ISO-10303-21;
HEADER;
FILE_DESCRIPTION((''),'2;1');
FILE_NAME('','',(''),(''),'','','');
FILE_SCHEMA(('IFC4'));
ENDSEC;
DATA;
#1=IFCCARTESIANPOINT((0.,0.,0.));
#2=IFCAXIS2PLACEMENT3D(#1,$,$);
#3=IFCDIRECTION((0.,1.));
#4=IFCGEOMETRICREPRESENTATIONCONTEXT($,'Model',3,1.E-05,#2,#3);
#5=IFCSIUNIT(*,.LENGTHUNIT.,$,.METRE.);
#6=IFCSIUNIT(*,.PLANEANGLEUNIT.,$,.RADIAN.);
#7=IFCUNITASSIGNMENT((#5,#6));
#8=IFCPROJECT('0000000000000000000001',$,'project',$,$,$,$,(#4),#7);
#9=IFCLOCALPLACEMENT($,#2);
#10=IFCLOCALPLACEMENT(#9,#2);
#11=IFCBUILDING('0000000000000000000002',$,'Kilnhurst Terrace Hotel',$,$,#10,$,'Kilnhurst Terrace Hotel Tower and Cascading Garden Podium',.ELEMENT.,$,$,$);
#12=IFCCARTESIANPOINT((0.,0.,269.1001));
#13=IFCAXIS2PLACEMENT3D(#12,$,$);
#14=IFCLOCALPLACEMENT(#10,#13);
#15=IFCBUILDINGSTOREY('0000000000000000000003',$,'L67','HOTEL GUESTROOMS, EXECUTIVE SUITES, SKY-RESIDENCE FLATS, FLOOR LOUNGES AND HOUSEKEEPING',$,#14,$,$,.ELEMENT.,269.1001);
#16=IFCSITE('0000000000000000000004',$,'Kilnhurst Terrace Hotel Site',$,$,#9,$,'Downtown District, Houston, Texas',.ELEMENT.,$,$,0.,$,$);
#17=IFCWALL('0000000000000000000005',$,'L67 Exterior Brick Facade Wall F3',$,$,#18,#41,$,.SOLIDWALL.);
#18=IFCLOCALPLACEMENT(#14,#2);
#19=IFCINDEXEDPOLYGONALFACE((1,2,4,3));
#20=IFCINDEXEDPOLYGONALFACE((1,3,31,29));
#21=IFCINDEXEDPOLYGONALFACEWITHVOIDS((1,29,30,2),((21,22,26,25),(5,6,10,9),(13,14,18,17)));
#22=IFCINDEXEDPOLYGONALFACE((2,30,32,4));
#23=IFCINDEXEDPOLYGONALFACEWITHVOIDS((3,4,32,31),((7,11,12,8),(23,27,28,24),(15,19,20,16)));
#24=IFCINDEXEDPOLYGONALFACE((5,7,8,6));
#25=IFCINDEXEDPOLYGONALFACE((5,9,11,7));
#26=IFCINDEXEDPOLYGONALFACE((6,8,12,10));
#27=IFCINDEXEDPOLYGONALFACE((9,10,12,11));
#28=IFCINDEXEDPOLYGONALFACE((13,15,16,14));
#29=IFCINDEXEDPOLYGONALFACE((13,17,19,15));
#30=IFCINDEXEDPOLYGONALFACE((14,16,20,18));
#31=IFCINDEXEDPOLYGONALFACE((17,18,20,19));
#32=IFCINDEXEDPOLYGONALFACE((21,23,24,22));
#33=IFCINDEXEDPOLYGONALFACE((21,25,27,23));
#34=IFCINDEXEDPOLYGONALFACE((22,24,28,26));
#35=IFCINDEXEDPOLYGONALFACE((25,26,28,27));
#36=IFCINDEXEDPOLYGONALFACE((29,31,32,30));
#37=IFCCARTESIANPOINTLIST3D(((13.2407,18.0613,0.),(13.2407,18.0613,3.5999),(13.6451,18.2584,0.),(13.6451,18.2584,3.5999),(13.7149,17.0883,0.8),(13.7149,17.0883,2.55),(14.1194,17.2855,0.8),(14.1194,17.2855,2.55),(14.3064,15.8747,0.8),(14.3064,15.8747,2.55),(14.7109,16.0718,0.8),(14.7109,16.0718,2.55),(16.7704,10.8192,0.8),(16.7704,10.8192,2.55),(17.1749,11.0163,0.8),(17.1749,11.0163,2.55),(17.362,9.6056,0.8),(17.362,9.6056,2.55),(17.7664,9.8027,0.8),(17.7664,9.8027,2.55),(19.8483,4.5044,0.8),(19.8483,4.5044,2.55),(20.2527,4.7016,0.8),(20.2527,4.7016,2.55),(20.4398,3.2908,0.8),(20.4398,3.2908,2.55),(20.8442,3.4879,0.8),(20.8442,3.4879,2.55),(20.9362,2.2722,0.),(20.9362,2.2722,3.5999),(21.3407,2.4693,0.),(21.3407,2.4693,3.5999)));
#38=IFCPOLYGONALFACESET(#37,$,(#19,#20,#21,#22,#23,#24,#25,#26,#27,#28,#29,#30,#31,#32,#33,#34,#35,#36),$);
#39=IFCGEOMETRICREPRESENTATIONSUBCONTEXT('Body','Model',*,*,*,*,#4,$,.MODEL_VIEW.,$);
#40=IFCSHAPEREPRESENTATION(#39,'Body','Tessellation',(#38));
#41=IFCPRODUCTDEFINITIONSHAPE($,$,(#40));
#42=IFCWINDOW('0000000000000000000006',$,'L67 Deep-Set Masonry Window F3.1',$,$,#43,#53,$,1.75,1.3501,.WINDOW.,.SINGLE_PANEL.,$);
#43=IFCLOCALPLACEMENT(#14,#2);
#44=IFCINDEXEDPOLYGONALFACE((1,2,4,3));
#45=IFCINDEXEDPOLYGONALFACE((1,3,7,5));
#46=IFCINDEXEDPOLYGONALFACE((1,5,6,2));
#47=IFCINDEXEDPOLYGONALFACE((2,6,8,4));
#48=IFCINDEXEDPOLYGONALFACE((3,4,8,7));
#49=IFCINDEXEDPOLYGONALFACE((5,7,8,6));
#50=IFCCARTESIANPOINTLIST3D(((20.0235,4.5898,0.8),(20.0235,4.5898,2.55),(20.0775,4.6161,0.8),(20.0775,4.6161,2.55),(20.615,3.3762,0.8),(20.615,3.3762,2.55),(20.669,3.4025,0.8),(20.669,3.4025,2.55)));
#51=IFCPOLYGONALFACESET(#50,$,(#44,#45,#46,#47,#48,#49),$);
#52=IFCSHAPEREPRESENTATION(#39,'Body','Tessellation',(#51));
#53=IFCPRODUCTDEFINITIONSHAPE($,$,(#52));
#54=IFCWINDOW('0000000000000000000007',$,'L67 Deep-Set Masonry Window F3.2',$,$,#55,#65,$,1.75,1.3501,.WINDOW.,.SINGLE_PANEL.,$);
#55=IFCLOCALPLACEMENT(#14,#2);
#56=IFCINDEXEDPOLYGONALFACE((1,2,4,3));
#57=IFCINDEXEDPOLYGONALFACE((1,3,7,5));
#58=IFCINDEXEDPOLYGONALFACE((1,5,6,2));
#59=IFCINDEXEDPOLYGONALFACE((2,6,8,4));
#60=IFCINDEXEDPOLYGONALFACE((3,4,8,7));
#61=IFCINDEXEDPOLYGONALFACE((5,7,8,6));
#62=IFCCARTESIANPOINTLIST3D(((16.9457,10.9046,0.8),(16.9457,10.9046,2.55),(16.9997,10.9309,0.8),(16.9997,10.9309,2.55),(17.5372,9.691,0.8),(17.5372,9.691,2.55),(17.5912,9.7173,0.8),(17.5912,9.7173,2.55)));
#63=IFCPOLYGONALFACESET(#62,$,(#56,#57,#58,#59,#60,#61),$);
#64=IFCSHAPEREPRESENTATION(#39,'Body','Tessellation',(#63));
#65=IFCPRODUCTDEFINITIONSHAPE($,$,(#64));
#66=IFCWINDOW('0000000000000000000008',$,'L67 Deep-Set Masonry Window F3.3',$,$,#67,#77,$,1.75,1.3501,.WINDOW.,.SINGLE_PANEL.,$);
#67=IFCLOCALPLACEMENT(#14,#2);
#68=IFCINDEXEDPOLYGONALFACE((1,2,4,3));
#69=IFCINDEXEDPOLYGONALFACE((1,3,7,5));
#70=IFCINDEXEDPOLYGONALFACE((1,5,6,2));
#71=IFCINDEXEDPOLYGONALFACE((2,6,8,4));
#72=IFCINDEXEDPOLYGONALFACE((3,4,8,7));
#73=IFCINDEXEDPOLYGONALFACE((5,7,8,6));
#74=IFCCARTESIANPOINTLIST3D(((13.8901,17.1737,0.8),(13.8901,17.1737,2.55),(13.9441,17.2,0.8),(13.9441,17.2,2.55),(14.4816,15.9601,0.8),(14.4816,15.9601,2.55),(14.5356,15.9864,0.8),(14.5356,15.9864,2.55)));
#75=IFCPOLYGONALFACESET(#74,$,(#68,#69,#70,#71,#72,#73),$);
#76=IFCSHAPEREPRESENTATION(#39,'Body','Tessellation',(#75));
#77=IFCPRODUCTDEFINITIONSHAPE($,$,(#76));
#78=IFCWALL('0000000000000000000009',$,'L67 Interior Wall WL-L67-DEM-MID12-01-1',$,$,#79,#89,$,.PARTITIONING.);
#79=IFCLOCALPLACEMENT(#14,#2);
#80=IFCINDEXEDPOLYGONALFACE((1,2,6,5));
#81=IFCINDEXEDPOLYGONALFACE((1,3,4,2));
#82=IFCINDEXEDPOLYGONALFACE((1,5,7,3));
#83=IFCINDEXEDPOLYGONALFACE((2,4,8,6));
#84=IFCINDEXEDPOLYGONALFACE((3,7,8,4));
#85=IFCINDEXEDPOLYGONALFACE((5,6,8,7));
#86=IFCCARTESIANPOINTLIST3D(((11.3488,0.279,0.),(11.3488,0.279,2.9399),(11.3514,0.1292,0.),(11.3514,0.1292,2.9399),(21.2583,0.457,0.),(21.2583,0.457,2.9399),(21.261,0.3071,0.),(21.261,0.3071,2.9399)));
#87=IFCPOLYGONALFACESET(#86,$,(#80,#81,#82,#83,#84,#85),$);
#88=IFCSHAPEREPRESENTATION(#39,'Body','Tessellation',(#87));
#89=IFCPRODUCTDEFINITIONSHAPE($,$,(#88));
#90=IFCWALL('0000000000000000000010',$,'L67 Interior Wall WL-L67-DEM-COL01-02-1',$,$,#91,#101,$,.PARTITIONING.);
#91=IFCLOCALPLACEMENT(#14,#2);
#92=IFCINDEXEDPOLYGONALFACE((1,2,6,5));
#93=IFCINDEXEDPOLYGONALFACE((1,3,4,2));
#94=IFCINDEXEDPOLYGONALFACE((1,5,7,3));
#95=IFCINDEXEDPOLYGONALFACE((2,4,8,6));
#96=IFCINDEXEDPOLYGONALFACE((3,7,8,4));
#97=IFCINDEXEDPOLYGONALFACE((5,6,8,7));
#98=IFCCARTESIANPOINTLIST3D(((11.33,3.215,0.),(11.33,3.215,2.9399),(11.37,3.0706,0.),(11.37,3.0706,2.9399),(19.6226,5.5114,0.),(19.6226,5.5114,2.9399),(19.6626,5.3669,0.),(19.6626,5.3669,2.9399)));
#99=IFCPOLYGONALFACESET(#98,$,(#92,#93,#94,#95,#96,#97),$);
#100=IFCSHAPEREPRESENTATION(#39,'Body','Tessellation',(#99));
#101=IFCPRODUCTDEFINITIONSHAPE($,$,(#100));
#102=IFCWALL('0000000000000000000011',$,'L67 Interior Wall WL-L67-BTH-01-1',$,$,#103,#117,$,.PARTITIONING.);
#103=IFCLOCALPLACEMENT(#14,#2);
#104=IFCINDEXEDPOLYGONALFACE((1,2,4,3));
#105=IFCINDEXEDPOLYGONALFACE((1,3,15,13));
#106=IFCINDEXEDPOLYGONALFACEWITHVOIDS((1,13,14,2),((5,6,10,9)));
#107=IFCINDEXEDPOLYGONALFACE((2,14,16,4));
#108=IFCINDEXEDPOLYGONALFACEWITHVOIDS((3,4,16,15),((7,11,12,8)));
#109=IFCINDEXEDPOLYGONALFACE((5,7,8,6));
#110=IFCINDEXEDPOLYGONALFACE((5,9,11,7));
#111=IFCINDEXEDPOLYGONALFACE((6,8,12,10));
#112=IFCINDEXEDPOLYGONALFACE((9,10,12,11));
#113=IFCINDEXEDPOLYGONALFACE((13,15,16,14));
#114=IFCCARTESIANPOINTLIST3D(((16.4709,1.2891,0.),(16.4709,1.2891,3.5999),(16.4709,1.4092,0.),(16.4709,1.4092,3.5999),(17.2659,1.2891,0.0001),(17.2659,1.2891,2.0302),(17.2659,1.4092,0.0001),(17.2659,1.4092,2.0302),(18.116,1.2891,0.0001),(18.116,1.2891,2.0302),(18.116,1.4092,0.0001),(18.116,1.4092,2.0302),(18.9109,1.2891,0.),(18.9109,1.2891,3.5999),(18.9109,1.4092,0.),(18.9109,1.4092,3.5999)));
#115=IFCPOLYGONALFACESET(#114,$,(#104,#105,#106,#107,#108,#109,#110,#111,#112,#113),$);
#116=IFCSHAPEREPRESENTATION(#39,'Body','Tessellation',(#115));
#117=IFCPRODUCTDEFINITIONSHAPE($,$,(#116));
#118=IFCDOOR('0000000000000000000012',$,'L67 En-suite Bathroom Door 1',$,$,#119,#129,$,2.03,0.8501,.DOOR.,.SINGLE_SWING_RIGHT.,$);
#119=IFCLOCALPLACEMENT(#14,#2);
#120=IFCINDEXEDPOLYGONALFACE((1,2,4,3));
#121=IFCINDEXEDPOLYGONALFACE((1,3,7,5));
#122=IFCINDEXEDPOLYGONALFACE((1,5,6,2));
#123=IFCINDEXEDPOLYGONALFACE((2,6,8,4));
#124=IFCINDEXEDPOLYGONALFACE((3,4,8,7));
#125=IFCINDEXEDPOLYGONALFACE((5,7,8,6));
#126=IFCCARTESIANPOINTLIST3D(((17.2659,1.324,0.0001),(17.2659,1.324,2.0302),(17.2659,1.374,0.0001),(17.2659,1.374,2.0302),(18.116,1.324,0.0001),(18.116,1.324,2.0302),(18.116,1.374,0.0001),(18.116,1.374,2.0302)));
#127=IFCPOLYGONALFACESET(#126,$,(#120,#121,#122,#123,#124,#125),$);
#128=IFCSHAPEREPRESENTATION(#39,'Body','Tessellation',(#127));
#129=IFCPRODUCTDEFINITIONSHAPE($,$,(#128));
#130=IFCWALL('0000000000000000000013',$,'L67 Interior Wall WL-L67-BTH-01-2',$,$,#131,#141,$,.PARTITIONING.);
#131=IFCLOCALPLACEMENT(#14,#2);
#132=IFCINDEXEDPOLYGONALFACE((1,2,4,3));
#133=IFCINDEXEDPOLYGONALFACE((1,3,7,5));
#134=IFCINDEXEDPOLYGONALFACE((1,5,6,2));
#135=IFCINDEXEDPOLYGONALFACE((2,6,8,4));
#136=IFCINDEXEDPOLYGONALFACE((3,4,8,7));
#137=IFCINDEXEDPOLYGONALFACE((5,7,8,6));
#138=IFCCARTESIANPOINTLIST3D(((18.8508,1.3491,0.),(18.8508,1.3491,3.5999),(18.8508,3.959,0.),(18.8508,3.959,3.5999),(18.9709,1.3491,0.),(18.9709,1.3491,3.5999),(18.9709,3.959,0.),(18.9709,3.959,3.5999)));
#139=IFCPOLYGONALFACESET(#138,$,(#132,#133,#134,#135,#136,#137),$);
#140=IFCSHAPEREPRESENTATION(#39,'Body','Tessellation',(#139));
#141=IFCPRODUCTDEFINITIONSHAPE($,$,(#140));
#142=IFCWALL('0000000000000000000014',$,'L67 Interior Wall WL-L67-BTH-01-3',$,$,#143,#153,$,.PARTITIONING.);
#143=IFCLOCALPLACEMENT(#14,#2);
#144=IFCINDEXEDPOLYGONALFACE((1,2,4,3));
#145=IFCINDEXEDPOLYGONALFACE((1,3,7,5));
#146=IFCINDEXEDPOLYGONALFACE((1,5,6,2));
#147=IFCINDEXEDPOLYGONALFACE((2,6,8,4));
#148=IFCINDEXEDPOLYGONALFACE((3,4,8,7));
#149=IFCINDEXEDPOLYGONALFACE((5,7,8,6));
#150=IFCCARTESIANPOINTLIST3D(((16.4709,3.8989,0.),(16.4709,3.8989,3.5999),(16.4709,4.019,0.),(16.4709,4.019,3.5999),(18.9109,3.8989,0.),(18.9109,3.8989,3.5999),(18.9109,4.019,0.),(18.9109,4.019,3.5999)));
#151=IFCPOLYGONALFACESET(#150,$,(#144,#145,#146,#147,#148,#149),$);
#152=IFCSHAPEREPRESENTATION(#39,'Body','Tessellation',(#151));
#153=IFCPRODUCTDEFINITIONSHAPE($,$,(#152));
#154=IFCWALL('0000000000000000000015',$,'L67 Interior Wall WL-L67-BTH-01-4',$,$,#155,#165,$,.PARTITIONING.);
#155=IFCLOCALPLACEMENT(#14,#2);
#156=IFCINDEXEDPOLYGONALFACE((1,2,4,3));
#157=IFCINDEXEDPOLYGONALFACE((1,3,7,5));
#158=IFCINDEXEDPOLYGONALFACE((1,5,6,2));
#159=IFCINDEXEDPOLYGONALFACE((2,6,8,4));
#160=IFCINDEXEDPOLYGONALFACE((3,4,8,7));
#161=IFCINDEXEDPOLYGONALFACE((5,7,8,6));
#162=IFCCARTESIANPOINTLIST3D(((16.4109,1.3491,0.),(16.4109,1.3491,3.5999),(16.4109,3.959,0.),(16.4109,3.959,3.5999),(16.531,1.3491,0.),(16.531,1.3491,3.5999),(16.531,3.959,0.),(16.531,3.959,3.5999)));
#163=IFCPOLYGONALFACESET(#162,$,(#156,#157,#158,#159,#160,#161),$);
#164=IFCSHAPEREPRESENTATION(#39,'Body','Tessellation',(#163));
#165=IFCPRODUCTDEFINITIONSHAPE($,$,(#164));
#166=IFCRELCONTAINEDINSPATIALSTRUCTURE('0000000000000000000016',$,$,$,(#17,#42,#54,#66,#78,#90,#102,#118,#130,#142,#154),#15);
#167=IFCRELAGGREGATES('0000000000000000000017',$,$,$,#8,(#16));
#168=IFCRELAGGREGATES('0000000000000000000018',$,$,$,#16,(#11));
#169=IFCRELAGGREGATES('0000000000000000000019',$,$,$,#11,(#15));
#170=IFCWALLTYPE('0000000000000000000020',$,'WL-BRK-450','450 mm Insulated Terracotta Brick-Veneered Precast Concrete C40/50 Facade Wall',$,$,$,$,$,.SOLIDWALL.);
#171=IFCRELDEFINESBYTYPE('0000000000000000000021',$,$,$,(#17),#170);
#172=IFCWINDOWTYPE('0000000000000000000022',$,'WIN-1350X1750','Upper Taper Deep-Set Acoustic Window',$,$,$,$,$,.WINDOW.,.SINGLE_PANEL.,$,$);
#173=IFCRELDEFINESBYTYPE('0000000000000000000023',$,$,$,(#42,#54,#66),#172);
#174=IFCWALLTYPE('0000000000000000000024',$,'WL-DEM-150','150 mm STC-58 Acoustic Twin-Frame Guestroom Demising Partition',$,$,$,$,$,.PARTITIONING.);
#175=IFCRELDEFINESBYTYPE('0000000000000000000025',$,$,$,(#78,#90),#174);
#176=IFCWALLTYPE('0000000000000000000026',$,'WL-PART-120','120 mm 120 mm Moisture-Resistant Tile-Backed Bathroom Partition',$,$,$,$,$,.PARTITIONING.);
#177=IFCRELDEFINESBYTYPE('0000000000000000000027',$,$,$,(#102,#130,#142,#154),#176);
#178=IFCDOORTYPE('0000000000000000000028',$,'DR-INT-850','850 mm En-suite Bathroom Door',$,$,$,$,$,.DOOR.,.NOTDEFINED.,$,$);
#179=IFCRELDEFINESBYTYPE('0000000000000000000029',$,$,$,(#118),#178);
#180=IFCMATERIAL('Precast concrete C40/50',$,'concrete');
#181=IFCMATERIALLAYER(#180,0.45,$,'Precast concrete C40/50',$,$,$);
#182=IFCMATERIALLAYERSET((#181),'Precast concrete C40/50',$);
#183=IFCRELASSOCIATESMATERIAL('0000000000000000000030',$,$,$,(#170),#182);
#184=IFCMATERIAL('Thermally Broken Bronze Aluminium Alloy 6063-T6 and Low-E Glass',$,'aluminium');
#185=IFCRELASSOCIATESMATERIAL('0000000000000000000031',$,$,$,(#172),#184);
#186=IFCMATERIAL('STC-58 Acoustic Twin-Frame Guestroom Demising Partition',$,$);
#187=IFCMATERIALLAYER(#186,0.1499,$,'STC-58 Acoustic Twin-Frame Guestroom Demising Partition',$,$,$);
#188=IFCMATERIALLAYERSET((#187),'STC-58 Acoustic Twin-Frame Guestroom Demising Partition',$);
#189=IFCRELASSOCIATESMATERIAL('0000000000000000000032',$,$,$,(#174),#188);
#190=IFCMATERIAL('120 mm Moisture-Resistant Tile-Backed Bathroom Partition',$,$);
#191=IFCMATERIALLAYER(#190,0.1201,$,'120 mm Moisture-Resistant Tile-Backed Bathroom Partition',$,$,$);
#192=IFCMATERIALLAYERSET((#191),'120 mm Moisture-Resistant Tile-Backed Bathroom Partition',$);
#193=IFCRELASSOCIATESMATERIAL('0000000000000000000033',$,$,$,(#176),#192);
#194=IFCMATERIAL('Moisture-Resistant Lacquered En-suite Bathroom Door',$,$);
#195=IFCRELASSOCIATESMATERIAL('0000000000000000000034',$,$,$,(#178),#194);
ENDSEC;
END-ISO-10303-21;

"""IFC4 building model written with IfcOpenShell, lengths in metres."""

from ifc_helpers import new_model, si_unit, direction, frame, frame_2d, origin, place, context, subcontext, project, spatial, rectangle, extrude, material, layer, layer_set, type_object, element, fill, save


model = new_model("IFC4")

# Units and contexts
model_context = context("Model", 3, precision=1e-05, world=origin(), true_north=direction((0.0, 1.0)))
body_context = subcontext(model_context, "Body", "Model", "MODEL_VIEW")
ifc_project = project(units=[si_unit("LENGTHUNIT", "METRE"), si_unit("PLANEANGLEUNIT", "RADIAN")], contexts=[model_context])

# Site, building, storey
site_placement = place(None, origin())
site = spatial("IfcSite", under=ifc_project, at=site_placement, Name="Kilnhurst Terrace Hotel Site", LongName="Downtown District, Houston, Texas", CompositionType="ELEMENT", RefElevation=0.0)
building_placement = place(site_placement, origin())
building = spatial("IfcBuilding", under=site, at=building_placement, Name="Kilnhurst Terrace Hotel", LongName="Kilnhurst Terrace Hotel Tower and Cascading Garden Podium", CompositionType="ELEMENT")
storey_placement = place(building_placement, frame((0.0, 0.0, 269.1001)))
storey = spatial("IfcBuildingStorey", under=building, at=storey_placement, Name="L67", Description="HOTEL GUESTROOMS, EXECUTIVE SUITES, SKY-RESIDENCE FLATS, FLOOR LOUNGES AND HOUSEKEEPING", CompositionType="ELEMENT", Elevation=269.1001)

# Shared definitions
ifc_material_1 = material(Name="Precast concrete C40/50", Category="concrete")
ifc_layer_1 = layer(ifc_material_1, 0.45, Name="Precast concrete C40/50")
ifc_layer_set_1 = layer_set([ifc_layer_1], Name="Precast concrete C40/50")
wall_type_1 = type_object("IfcWallType", Name="WL-BRK-450", Description="450 mm Insulated Terracotta Brick-Veneered Precast Concrete C40/50 Facade Wall", PredefinedType="SOLIDWALL", material=ifc_layer_set_1)

# Wall, openings, windows
wall_1_placement = place(storey_placement, frame((21.1384, 2.3708, 0.0), z_axis=(0.0, 0.0, 1.0), x_axis=(-0.438128, 0.898913, 0.0)))
wall_1 = element("IfcWall", 1, at=wall_1_placement, inside=storey, type_object=wall_type_1, Name="L67 Exterior Brick Facade Wall F3", PredefinedType="SOLIDWALL", context=body_context, shape_type="SweptSolid", body=[
    extrude(rectangle(XDim=17.5647, YDim=0.45, at=frame_2d((8.7822, 0.0))), origin(), (0.0, 0.0, 1.0), 3.5999),
])
opening_1_placement = place(wall_1_placement, frame((1.1331, 0.0, 0.8)))
opening_1 = element("IfcOpeningElement", 2, at=opening_1_placement, cuts=wall_1, PredefinedType="OPENING", context=body_context, shape_type="SweptSolid", body=[
    extrude(rectangle(XDim=1.3501, YDim=1.75, at=frame_2d((0.675, 0.875))), frame((0.0, 0.2349, 0.0), z_axis=(0.0, -1.0, 0.0), x_axis=(1.0, 0.0, 0.0)), (0.0, 0.0, 1.0), 0.47),
])
opening_2_placement = place(wall_1_placement, frame((8.158, 0.0, 0.8)))
opening_2 = element("IfcOpeningElement", 3, at=opening_2_placement, cuts=wall_1, PredefinedType="OPENING", context=body_context, shape_type="SweptSolid", body=[
    extrude(rectangle(XDim=1.3501, YDim=1.75, at=frame_2d((0.675, 0.875))), frame((0.0, 0.2349, 0.0), z_axis=(0.0, -1.0, 0.0), x_axis=(1.0, 0.0, 0.0)), (0.0, 0.0, 1.0), 0.47),
])
opening_3_placement = place(wall_1_placement, frame((15.1321, 0.0, 0.8)))
opening_3 = element("IfcOpeningElement", 4, at=opening_3_placement, cuts=wall_1, PredefinedType="OPENING", context=body_context, shape_type="SweptSolid", body=[
    extrude(rectangle(XDim=1.3501, YDim=1.75, at=frame_2d((0.675, 0.875))), frame((0.0, 0.2349, 0.0), z_axis=(0.0, -1.0, 0.0), x_axis=(1.0, 0.0, 0.0)), (0.0, 0.0, 1.0), 0.47),
])
ifc_material_2 = material(Name="Thermally Broken Bronze Aluminium Alloy 6063-T6 and Low-E Glass", Category="aluminium")
window_type = type_object("IfcWindowType", Name="WIN-1350X1750", Description="Upper Taper Deep-Set Acoustic Window", PartitioningType="SINGLE_PANEL", PredefinedType="WINDOW", material=ifc_material_2)
window_1_placement = place(opening_1_placement, origin())
window_1 = element("IfcWindow", 5, at=window_1_placement, inside=storey, type_object=window_type, Name="L67 Deep-Set Masonry Window F3.1", OverallHeight=1.75, OverallWidth=1.3501, PartitioningType="SINGLE_PANEL", PredefinedType="WINDOW", context=body_context, shape_type="SweptSolid", body=[
    extrude(rectangle(XDim=1.3501, YDim=1.75, at=frame_2d((0.675, 0.875))), frame((0.0, 0.03, 0.0), z_axis=(0.0, -1.0, 0.0), x_axis=(1.0, 0.0, 0.0)), (0.0, 0.0, 1.0), 0.0601),
])
fill(opening_1, window_1)
window_2_placement = place(opening_2_placement, origin())
window_2 = element("IfcWindow", 6, at=window_2_placement, inside=storey, type_object=window_type, Name="L67 Deep-Set Masonry Window F3.2", OverallHeight=1.75, OverallWidth=1.3501, PartitioningType="SINGLE_PANEL", PredefinedType="WINDOW", context=body_context, shape_type="SweptSolid", body=[
    extrude(rectangle(XDim=1.3501, YDim=1.75, at=frame_2d((0.675, 0.875))), frame((0.0, 0.03, 0.0), z_axis=(0.0, -1.0, 0.0), x_axis=(1.0, 0.0, 0.0)), (0.0, 0.0, 1.0), 0.0601),
])
fill(opening_2, window_2)
window_3_placement = place(opening_3_placement, origin())
window_3 = element("IfcWindow", 7, at=window_3_placement, inside=storey, type_object=window_type, Name="L67 Deep-Set Masonry Window F3.3", OverallHeight=1.75, OverallWidth=1.3501, PartitioningType="SINGLE_PANEL", PredefinedType="WINDOW", context=body_context, shape_type="SweptSolid", body=[
    extrude(rectangle(XDim=1.3501, YDim=1.75, at=frame_2d((0.675, 0.875))), frame((0.0, 0.03, 0.0), z_axis=(0.0, -1.0, 0.0), x_axis=(1.0, 0.0, 0.0)), (0.0, 0.0, 1.0), 0.0601),
])
fill(opening_3, window_3)

# Walls
ifc_material_3 = material(Name="STC-58 Acoustic Twin-Frame Guestroom Demising Partition")
ifc_layer_2 = layer(ifc_material_3, 0.1499, Name="STC-58 Acoustic Twin-Frame Guestroom Demising Partition")
ifc_layer_set_2 = layer_set([ifc_layer_2], Name="STC-58 Acoustic Twin-Frame Guestroom Demising Partition")
wall_type_2 = type_object("IfcWallType", Name="WL-DEM-150", Description="150 mm STC-58 Acoustic Twin-Frame Guestroom Demising Partition", PredefinedType="PARTITIONING", material=ifc_layer_set_2)
wall_2_placement = place(storey_placement, frame((11.3501, 0.2041, 0.0), z_axis=(0.0, 0.0, 1.0), x_axis=(0.999839, 0.017958, 0.0)))
element("IfcWall", 8, at=wall_2_placement, inside=storey, type_object=wall_type_2, Name="L67 Interior Wall WL-L67-DEM-MID12-01-1", PredefinedType="PARTITIONING", context=body_context, shape_type="SweptSolid", body=[
    extrude(rectangle(XDim=9.9111, YDim=0.1499, at=frame_2d((4.9556, 0.0))), origin(), (0.0, 0.0, 1.0), 2.9399),
])
wall_3_placement = place(storey_placement, frame((11.3501, 3.1428, 0.0), z_axis=(0.0, 0.0, 1.0), x_axis=(0.963732, 0.266873, 0.0)))
element("IfcWall", 9, at=wall_3_placement, inside=storey, type_object=wall_type_2, Name="L67 Interior Wall WL-L67-DEM-COL01-02-1", PredefinedType="PARTITIONING", context=body_context, shape_type="SweptSolid", body=[
    extrude(rectangle(XDim=8.6047, YDim=0.1499, at=frame_2d((4.3022, 0.0))), origin(), (0.0, 0.0, 1.0), 2.9399),
])

# Wall, opening, door
ifc_material_4 = material(Name="120 mm Moisture-Resistant Tile-Backed Bathroom Partition")
ifc_layer_3 = layer(ifc_material_4, 0.1201, Name="120 mm Moisture-Resistant Tile-Backed Bathroom Partition")
ifc_layer_set_3 = layer_set([ifc_layer_3], Name="120 mm Moisture-Resistant Tile-Backed Bathroom Partition")
wall_type_3 = type_object("IfcWallType", Name="WL-PART-120", Description="120 mm 120 mm Moisture-Resistant Tile-Backed Bathroom Partition", PredefinedType="PARTITIONING", material=ifc_layer_set_3)
wall_4_placement = place(storey_placement, frame((16.4709, 1.3491, 0.0), z_axis=(0.0, 0.0, 1.0), x_axis=(1.0, 0.0, 0.0)))
wall_4 = element("IfcWall", 10, at=wall_4_placement, inside=storey, type_object=wall_type_3, Name="L67 Interior Wall WL-L67-BTH-01-1", PredefinedType="PARTITIONING", context=body_context, shape_type="SweptSolid", body=[
    extrude(rectangle(XDim=2.4399, YDim=0.1201, at=frame_2d((1.22, 0.0))), origin(), (0.0, 0.0, 1.0), 3.5999),
])
opening_4_placement = place(wall_4_placement, frame((0.7949, 0.0, 0.0)))
opening_4 = element("IfcOpeningElement", 11, at=opening_4_placement, cuts=wall_4, PredefinedType="OPENING", context=body_context, shape_type="SweptSolid", body=[
    extrude(rectangle(XDim=0.8501, YDim=2.03, at=frame_2d((0.425, 1.0151))), frame((0.0, 0.0701, 0.0), z_axis=(0.0, -1.0, 0.0), x_axis=(1.0, 0.0, 0.0)), (0.0, 0.0, 1.0), 0.1401),
])
ifc_material_5 = material(Name="Moisture-Resistant Lacquered En-suite Bathroom Door")
door_type = type_object("IfcDoorType", Name="DR-INT-850", Description="850 mm En-suite Bathroom Door", OperationType="NOTDEFINED", PredefinedType="DOOR", material=ifc_material_5)
door_1_placement = place(opening_4_placement, origin())
door_1 = element("IfcDoor", 12, at=door_1_placement, inside=storey, type_object=door_type, Name="L67 En-suite Bathroom Door 1", OperationType="SINGLE_SWING_RIGHT", OverallHeight=2.03, OverallWidth=0.8501, PredefinedType="DOOR", context=body_context, shape_type="SweptSolid", body=[
    extrude(rectangle(XDim=0.8501, YDim=2.03, at=frame_2d((0.425, 1.0151))), frame((0.0, 0.0249, 0.0), z_axis=(0.0, -1.0, 0.0), x_axis=(1.0, 0.0, 0.0)), (0.0, 0.0, 1.0), 0.05),
])
fill(opening_4, door_1)

# Walls
wall_5_placement = place(storey_placement, frame((18.9109, 1.3491, 0.0), z_axis=(0.0, 0.0, 1.0), x_axis=(0.0, 1.0, 0.0)))
element("IfcWall", 13, at=wall_5_placement, inside=storey, type_object=wall_type_3, Name="L67 Interior Wall WL-L67-BTH-01-2", PredefinedType="PARTITIONING", context=body_context, shape_type="SweptSolid", body=[
    extrude(rectangle(XDim=2.6099, YDim=0.1201, at=frame_2d((1.3049, 0.0))), origin(), (0.0, 0.0, 1.0), 3.5999),
])
wall_6_placement = place(storey_placement, frame((18.9109, 3.959, 0.0), z_axis=(0.0, 0.0, 1.0), x_axis=(-1.0, 0.0, 0.0)))
element("IfcWall", 14, at=wall_6_placement, inside=storey, type_object=wall_type_3, Name="L67 Interior Wall WL-L67-BTH-01-3", PredefinedType="PARTITIONING", context=body_context, shape_type="SweptSolid", body=[
    extrude(rectangle(XDim=2.4399, YDim=0.1201, at=frame_2d((1.22, 0.0))), origin(), (0.0, 0.0, 1.0), 3.5999),
])
wall_7_placement = place(storey_placement, frame((16.4709, 3.959, 0.0), z_axis=(0.0, 0.0, 1.0), x_axis=(0.0, -1.0, 0.0)))
element("IfcWall", 15, at=wall_7_placement, inside=storey, type_object=wall_type_3, Name="L67 Interior Wall WL-L67-BTH-01-4", PredefinedType="PARTITIONING", context=body_context, shape_type="SweptSolid", body=[
    extrude(rectangle(XDim=2.6099, YDim=0.1201, at=frame_2d((1.3049, 0.0))), origin(), (0.0, 0.0, 1.0), 3.5999),
])

save(model, "model.ifc")
